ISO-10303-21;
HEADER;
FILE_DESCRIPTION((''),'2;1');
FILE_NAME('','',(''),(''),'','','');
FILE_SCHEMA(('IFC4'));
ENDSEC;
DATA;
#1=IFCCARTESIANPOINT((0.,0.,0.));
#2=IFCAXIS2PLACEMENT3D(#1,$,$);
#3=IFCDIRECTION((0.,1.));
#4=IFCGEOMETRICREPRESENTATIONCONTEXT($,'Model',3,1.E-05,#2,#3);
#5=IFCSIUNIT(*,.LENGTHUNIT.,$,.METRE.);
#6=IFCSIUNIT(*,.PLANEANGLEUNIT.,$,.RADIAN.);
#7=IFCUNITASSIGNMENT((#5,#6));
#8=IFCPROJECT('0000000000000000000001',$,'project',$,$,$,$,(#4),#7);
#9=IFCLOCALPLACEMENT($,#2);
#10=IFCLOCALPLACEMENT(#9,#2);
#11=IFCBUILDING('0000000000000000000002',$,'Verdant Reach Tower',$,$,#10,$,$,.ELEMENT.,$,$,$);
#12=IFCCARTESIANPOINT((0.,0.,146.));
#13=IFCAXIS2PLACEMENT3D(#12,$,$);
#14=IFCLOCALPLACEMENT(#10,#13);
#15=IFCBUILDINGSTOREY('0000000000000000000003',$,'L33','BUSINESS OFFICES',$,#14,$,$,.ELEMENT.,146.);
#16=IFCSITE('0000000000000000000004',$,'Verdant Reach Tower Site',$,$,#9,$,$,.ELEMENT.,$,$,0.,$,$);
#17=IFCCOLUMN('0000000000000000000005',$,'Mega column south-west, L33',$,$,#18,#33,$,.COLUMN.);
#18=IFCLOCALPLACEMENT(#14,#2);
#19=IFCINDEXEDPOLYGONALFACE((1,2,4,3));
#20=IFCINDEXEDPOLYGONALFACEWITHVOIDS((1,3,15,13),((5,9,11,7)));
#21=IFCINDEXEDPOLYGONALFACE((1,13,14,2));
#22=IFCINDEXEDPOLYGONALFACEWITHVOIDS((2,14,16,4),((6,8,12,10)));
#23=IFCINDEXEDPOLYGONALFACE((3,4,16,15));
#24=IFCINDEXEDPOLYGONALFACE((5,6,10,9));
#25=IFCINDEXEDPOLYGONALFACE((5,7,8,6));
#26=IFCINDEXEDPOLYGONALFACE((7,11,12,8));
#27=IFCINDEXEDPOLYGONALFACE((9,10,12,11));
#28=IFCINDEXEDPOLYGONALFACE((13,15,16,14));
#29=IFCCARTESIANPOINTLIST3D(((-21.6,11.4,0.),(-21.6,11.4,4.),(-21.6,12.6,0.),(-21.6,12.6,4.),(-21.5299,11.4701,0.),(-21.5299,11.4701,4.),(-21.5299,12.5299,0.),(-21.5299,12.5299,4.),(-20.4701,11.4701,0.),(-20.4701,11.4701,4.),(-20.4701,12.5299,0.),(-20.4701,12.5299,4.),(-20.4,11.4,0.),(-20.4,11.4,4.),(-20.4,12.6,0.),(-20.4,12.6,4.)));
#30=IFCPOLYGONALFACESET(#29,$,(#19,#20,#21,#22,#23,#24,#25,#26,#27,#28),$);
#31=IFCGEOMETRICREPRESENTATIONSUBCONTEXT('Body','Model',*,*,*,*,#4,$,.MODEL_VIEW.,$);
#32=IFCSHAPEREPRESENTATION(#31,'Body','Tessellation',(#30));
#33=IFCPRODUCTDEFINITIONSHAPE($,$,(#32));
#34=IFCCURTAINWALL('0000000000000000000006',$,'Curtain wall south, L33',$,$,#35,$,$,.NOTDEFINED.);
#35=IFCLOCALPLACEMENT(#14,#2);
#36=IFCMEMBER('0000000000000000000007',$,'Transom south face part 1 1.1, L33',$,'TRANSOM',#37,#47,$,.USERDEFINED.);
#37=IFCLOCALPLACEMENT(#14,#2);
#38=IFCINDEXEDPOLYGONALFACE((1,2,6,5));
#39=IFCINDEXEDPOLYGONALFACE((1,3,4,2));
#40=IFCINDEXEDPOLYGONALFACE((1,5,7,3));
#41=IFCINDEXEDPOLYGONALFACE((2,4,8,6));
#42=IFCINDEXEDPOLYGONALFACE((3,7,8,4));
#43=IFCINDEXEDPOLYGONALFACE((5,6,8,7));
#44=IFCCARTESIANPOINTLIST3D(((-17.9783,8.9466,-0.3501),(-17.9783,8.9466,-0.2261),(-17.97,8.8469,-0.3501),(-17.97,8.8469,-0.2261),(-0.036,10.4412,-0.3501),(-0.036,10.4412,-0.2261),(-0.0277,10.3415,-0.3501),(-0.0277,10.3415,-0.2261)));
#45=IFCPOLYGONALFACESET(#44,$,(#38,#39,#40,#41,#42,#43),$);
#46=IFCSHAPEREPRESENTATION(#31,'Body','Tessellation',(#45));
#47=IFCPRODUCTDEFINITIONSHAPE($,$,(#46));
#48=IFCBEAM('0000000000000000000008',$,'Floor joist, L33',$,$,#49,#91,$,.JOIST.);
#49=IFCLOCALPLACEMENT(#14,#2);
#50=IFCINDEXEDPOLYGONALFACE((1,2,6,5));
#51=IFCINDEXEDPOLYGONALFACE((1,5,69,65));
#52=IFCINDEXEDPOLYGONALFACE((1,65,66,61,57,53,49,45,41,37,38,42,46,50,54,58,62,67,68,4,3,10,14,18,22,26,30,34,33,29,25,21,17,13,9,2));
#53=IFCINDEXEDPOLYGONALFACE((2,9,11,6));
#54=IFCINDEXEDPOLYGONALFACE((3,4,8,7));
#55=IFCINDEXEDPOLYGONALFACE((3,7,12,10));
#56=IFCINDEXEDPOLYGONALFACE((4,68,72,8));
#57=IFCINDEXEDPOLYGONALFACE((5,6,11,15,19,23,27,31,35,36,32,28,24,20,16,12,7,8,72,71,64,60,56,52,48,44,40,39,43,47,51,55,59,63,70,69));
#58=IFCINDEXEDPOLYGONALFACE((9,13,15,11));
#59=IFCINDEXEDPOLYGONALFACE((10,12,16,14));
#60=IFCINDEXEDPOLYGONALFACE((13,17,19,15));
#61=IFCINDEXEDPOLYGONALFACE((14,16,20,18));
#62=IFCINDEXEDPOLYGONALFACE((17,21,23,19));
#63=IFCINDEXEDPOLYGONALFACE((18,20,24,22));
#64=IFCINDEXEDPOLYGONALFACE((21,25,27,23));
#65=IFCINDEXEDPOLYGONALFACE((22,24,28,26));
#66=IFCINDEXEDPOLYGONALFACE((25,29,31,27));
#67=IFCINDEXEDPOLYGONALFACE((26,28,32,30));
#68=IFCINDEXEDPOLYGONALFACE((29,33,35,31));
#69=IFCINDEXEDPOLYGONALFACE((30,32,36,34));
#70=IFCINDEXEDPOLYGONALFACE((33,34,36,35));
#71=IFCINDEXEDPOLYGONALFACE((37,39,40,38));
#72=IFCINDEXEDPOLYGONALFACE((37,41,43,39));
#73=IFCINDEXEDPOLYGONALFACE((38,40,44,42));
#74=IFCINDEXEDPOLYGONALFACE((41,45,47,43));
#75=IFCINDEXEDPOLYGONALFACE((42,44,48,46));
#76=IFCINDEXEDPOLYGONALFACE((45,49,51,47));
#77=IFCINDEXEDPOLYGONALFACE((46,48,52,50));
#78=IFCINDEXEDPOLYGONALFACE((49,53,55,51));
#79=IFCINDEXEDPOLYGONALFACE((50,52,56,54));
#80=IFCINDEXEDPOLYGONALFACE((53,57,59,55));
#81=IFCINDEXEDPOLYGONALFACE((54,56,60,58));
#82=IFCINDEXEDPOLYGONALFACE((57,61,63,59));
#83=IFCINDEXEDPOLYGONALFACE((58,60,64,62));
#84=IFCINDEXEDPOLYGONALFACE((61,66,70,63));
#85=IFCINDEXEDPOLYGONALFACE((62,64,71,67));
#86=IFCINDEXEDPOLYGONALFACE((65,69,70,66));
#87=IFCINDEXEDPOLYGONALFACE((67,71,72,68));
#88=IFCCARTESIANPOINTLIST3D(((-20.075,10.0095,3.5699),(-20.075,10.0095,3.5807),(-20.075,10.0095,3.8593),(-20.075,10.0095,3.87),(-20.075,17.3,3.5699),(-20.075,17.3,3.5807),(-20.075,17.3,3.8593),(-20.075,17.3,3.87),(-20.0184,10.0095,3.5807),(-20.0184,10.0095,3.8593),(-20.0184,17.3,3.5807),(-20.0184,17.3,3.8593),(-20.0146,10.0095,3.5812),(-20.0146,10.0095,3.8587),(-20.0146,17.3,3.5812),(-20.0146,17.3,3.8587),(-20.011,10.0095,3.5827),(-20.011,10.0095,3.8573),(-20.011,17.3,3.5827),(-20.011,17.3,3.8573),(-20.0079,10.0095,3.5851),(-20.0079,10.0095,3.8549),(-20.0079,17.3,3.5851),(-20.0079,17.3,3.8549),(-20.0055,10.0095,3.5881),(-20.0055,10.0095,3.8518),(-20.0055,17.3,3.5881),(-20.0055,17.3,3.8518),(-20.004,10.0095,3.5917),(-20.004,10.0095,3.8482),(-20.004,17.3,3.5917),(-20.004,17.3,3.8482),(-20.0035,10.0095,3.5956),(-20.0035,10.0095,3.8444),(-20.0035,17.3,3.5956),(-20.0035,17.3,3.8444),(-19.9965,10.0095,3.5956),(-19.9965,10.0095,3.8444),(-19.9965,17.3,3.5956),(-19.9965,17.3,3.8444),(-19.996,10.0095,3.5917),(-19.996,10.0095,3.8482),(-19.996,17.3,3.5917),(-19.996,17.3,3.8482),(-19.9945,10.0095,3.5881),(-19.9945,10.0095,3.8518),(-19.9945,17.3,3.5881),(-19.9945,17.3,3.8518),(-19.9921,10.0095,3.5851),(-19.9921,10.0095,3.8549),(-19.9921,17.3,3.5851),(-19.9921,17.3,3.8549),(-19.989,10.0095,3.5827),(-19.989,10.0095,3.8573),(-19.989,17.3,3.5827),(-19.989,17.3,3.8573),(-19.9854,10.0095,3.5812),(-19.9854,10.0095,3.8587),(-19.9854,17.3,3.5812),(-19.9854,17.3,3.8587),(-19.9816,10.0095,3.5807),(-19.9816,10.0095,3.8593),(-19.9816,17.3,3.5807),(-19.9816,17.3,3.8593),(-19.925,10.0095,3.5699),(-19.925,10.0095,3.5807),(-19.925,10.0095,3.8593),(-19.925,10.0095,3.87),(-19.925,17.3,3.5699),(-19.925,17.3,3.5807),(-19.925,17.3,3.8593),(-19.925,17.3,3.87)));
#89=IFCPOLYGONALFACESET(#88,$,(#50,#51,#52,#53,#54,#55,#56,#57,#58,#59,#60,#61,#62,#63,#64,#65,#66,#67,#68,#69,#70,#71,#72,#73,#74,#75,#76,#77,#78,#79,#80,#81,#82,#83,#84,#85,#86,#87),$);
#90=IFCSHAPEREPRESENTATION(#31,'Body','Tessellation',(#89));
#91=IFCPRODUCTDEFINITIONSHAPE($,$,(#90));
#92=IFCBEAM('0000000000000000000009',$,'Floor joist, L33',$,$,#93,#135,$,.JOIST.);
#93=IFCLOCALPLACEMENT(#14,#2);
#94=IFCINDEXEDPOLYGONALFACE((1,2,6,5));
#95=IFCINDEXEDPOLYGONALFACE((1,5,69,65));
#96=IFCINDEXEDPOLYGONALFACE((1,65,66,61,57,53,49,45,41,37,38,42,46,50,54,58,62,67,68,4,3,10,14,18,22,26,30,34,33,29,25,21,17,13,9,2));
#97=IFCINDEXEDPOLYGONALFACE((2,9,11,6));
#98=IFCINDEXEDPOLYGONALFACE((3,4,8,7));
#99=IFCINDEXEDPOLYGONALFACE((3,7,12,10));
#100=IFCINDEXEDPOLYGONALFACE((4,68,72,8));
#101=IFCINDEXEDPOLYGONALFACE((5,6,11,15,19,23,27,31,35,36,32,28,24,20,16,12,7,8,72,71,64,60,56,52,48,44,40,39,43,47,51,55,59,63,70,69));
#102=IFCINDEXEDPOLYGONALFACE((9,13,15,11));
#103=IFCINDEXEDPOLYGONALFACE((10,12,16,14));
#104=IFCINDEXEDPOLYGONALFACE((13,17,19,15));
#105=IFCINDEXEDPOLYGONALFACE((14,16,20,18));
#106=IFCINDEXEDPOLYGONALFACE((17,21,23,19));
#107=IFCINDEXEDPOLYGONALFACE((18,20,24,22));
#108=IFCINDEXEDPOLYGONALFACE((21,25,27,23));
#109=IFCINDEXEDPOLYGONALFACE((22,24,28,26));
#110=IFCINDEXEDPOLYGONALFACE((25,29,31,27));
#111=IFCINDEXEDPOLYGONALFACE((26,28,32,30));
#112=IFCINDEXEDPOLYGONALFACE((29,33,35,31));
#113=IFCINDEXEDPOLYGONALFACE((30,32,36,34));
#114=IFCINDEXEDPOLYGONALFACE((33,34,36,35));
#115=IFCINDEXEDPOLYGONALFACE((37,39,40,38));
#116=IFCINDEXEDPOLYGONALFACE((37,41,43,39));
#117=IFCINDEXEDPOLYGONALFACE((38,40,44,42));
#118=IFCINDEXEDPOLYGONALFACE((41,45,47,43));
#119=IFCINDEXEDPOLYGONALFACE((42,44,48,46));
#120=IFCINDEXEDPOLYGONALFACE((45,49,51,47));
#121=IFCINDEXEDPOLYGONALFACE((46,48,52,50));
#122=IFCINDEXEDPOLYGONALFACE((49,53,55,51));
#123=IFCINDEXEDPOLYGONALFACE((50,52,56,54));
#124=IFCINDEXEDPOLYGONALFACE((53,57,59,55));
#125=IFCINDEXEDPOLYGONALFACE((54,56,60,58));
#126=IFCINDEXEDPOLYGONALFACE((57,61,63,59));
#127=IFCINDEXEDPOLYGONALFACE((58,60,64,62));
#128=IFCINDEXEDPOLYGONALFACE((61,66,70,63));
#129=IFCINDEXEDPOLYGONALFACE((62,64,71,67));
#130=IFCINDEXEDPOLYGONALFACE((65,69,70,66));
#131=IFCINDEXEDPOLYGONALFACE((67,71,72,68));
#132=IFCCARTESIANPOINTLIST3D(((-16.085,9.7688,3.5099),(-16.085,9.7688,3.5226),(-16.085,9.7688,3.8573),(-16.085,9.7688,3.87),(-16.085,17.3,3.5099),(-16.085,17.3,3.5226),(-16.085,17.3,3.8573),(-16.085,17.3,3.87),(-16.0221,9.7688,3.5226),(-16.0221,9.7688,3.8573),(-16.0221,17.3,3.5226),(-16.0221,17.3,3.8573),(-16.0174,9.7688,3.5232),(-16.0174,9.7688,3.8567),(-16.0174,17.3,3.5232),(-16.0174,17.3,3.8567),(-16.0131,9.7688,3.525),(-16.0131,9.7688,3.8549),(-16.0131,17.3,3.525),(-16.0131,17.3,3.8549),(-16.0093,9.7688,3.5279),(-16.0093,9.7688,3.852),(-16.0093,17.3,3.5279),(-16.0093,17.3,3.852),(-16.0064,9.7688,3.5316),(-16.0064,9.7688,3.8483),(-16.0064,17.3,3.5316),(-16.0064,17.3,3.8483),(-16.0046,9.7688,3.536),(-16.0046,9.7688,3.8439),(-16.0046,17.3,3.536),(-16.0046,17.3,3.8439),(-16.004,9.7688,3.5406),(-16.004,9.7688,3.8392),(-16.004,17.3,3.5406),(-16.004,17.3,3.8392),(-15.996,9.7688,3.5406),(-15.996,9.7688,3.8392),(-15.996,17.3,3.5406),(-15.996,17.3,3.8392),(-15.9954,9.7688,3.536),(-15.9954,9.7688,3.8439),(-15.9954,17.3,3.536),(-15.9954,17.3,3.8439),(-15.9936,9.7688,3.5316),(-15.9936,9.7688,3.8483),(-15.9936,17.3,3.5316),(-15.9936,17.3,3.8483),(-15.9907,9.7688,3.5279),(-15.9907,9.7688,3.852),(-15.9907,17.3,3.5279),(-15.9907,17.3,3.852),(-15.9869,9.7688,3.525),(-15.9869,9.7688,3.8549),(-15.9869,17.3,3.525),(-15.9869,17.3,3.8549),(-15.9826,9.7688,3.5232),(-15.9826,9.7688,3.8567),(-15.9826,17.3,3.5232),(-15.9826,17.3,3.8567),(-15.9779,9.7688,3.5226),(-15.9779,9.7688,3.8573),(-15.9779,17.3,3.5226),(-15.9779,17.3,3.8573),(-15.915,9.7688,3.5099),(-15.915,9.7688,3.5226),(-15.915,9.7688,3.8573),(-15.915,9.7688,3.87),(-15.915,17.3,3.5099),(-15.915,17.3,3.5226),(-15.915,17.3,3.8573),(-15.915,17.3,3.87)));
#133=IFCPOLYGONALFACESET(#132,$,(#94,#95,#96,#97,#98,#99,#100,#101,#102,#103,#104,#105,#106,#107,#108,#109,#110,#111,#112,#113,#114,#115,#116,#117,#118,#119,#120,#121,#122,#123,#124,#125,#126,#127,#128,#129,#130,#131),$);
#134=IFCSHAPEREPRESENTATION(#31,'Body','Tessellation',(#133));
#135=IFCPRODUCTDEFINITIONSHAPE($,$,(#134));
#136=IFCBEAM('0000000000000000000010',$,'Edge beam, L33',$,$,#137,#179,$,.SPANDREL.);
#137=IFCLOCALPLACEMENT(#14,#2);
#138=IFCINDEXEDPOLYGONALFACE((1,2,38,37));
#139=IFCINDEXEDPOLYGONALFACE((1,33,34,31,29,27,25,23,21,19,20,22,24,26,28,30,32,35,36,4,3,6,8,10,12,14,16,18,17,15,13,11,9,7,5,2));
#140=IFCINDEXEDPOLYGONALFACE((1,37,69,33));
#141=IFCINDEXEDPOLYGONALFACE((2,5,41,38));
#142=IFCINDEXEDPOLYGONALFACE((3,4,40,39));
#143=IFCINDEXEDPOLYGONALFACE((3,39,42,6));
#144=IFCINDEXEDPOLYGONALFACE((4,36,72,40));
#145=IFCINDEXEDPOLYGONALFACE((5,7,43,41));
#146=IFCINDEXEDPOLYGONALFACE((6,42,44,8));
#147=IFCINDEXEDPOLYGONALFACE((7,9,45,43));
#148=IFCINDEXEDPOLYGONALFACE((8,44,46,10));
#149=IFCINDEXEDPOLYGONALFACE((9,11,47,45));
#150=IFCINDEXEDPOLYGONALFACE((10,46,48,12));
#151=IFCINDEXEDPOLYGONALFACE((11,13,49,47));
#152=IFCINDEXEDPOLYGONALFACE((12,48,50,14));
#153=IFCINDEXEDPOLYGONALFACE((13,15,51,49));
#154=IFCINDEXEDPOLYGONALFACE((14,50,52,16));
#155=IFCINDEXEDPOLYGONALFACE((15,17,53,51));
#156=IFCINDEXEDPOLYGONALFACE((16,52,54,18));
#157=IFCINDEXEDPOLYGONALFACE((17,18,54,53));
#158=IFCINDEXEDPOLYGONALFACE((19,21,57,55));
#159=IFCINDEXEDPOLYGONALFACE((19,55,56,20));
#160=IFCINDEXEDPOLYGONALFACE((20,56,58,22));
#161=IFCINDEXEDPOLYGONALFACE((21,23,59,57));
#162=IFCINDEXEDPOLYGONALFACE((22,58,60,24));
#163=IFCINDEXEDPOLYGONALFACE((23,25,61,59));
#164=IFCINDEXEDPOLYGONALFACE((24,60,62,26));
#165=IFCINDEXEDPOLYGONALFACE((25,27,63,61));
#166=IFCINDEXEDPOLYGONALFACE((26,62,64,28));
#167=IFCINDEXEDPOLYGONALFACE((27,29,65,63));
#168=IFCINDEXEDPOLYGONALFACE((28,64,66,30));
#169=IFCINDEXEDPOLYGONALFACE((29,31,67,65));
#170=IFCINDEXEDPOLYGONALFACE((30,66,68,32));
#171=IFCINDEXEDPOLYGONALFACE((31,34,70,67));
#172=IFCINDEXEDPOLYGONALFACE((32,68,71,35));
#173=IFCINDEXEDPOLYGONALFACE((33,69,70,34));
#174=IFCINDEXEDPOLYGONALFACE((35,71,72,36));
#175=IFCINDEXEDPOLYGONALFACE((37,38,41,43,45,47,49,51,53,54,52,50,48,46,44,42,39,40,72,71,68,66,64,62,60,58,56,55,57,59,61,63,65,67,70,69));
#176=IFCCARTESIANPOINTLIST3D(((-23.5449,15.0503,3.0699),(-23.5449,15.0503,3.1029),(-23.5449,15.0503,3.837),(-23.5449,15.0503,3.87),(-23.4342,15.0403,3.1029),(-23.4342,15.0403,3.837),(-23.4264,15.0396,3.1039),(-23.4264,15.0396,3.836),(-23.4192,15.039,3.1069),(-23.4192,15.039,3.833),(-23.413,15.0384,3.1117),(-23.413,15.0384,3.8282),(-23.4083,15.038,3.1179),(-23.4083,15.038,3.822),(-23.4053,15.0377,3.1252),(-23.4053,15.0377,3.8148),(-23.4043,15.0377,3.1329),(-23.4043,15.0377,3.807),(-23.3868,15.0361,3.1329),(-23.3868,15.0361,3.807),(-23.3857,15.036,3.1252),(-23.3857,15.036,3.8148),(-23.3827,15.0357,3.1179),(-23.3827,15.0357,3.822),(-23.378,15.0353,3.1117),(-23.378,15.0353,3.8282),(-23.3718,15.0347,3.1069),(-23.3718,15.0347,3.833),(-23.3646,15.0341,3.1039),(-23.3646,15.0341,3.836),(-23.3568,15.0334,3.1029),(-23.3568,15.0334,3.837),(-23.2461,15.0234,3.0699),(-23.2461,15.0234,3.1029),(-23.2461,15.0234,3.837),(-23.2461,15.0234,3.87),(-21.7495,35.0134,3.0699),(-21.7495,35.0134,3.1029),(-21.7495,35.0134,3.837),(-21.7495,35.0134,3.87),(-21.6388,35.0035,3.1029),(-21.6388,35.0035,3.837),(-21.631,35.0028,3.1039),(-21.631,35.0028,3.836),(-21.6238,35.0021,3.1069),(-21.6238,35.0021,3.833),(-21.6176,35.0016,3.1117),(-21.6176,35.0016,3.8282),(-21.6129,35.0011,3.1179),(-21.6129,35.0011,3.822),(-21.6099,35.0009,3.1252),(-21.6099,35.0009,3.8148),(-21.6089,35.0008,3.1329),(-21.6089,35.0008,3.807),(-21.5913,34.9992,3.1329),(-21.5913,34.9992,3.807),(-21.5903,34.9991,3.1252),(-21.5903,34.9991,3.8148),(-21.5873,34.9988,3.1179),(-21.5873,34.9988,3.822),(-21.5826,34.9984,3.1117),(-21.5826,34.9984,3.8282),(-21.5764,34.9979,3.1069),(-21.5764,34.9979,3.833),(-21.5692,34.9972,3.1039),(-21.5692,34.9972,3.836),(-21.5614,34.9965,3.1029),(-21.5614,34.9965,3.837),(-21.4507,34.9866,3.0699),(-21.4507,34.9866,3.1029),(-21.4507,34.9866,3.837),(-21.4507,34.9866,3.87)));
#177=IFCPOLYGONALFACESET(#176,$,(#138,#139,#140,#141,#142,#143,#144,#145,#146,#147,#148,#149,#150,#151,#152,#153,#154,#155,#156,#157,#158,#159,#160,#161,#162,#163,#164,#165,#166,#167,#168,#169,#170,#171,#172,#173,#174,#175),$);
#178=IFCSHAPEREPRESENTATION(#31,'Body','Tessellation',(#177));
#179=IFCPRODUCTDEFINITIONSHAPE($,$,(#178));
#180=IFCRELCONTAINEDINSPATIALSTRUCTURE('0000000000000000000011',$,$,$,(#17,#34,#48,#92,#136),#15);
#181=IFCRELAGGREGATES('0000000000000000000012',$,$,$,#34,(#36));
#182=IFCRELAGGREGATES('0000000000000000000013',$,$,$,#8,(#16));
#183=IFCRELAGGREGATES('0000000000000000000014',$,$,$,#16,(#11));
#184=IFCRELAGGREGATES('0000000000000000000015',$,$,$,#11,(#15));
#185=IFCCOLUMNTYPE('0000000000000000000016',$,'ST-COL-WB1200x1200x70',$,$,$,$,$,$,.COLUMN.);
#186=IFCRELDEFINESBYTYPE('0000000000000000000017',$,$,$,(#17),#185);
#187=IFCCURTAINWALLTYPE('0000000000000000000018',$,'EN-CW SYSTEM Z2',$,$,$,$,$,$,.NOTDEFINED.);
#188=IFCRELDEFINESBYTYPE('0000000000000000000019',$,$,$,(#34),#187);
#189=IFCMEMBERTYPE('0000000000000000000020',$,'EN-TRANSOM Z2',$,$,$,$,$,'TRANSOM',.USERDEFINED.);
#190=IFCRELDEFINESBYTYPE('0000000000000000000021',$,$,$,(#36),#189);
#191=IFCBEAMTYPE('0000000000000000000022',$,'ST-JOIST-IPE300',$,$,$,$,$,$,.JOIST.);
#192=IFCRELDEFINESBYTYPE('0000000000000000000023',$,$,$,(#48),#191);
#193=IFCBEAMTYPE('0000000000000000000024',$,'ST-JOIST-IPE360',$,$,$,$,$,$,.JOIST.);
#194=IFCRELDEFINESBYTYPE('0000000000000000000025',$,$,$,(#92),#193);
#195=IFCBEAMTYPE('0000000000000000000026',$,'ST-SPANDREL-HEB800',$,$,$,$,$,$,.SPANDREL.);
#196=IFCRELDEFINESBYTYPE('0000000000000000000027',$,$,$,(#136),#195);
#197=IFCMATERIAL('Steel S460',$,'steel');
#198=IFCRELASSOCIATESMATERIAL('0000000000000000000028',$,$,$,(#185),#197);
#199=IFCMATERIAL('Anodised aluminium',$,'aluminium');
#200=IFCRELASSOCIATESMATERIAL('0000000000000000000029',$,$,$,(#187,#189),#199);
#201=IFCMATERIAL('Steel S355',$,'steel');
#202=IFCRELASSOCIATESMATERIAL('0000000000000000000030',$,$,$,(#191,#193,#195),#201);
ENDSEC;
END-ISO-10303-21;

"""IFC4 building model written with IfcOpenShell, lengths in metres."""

from ifc_helpers import new_model, si_unit, direction, frame, origin, origin_2d, place, context, subcontext, project, spatial, rectangle, hollow_rectangle, i_section, extrude, material, material_profile, profile_set, type_object, element, aggregate, save


model = new_model("IFC4")

# Units and contexts
model_context = context("Model", 3, precision=1e-05, world=origin(), true_north=direction((0.0, 1.0)))
body_context = subcontext(model_context, "Body", "Model", "MODEL_VIEW")
ifc_project = project(units=[si_unit("LENGTHUNIT", "METRE"), si_unit("PLANEANGLEUNIT", "RADIAN")], contexts=[model_context])

# Site, building, storey
site_placement = place(None, origin())
site = spatial("IfcSite", under=ifc_project, at=site_placement, Name="Verdant Reach Tower Site", CompositionType="ELEMENT", RefElevation=0.0)
building_placement = place(site_placement, origin())
building = spatial("IfcBuilding", under=site, at=building_placement, Name="Verdant Reach Tower", CompositionType="ELEMENT")
storey_placement = place(building_placement, frame((0.0, 0.0, 146.0)))
storey = spatial("IfcBuildingStorey", under=building, at=storey_placement, Name="L33", Description="BUSINESS OFFICES", CompositionType="ELEMENT", Elevation=146.0)

# Column
ifc_material_1 = material(Name="Steel S460", Category="steel")
ifc_material_profile_1 = material_profile(ifc_material_1, hollow_rectangle(XDim=1.2, YDim=1.2, WallThickness=0.0701, at=origin_2d()), Name="WB 1200x1200x70")
ifc_profile_set_1 = profile_set([ifc_material_profile_1], Name="Steel S460")
column_type = type_object("IfcColumnType", Name="ST-COL-WB1200x1200x70", PredefinedType="COLUMN", material=ifc_profile_set_1)
column_placement = place(storey_placement, frame((-21.0, 12.0, 0.0), z_axis=(0.0, 0.0, 1.0), x_axis=(1.0, 0.0, 0.0)))
element("IfcColumn", 1, at=column_placement, inside=storey, type_object=column_type, Name="Mega column south-west, L33", PredefinedType="COLUMN", context=body_context, shape_type="SweptSolid", body=[
    extrude(hollow_rectangle(XDim=1.2, YDim=1.2, WallThickness=0.0701, at=origin_2d()), origin(), (0.0, 0.0, 1.0), 4.0),
])

# Curtain wall, member
ifc_material_2 = material(Name="Anodised aluminium", Category="aluminium")
curtain_wall_type = type_object("IfcCurtainWallType", Name="EN-CW SYSTEM Z2", PredefinedType="NOTDEFINED", material=ifc_material_2)
curtain_wall_1_placement = place(storey_placement, origin())
curtain_wall_1 = element("IfcCurtainWall", 2, at=curtain_wall_1_placement, inside=storey, type_object=curtain_wall_type, Name="Curtain wall south, L33", PredefinedType="NOTDEFINED")
ifc_material_profile_2 = material_profile(ifc_material_2, rectangle(XDim=0.1001, YDim=0.124, at=origin_2d()), Name="Transom 124x100")
ifc_profile_set_2 = profile_set([ifc_material_profile_2], Name="Anodised aluminium")
member_type = type_object("IfcMemberType", Name="EN-TRANSOM Z2", ElementType="TRANSOM", PredefinedType="USERDEFINED", material=ifc_profile_set_2)
member_placement = place(storey_placement, frame((-17.9741, 8.8967, -0.2881), z_axis=(0.996548, 0.083015, 0.0), x_axis=(-0.083015, 0.996548, 0.0)))
member = element("IfcMember", 3, at=member_placement, type_object=member_type, Name="Transom south face part 1 1.1, L33", ObjectType="TRANSOM", PredefinedType="USERDEFINED", context=body_context, shape_type="SweptSolid", body=[
    extrude(rectangle(XDim=0.1001, YDim=0.124, at=origin_2d()), origin(), (0.0, 0.0, 1.0), 18.0044),
])

# Beams
ifc_material_3 = material(Name="Steel S355", Category="steel")
ifc_material_profile_3 = material_profile(ifc_material_3, i_section(OverallWidth=0.1499, OverallDepth=0.3, WebThickness=0.0071, FlangeThickness=0.0107, FilletRadius=0.0149, at=origin_2d()), Name="IPE 300")
ifc_profile_set_3 = profile_set([ifc_material_profile_3], Name="Steel S355")
beam_type_1 = type_object("IfcBeamType", Name="ST-JOIST-IPE300", PredefinedType="JOIST", material=ifc_profile_set_3)
beam_1_placement = place(storey_placement, frame((-20.0, 17.3, 3.72), z_axis=(0.0, -1.0, 0.0), x_axis=(1.0, 0.0, 0.0)))
element("IfcBeam", 4, at=beam_1_placement, inside=storey, type_object=beam_type_1, Name="Floor joist, L33", PredefinedType="JOIST", context=body_context, shape_type="SweptSolid", body=[
    extrude(i_section(OverallWidth=0.1499, OverallDepth=0.3, WebThickness=0.0071, FlangeThickness=0.0107, FilletRadius=0.0149, at=origin_2d()), origin(), (0.0, 0.0, 1.0), 7.2905),
])
ifc_material_profile_4 = material_profile(ifc_material_3, i_section(OverallWidth=0.1699, OverallDepth=0.3601, WebThickness=0.0081, FlangeThickness=0.0127, FilletRadius=0.0181, at=origin_2d()), Name="IPE 360")
ifc_profile_set_4 = profile_set([ifc_material_profile_4], Name="Steel S355")
beam_type_2 = type_object("IfcBeamType", Name="ST-JOIST-IPE360", PredefinedType="JOIST", material=ifc_profile_set_4)
beam_2_placement = place(storey_placement, frame((-16.0, 17.3, 3.6899), z_axis=(0.0, -1.0, 0.0), x_axis=(1.0, 0.0, 0.0)))
element("IfcBeam", 5, at=beam_2_placement, inside=storey, type_object=beam_type_2, Name="Floor joist, L33", PredefinedType="JOIST", context=body_context, shape_type="SweptSolid", body=[
    extrude(i_section(OverallWidth=0.1699, OverallDepth=0.3601, WebThickness=0.0081, FlangeThickness=0.0127, FilletRadius=0.0181, at=origin_2d()), origin(), (0.0, 0.0, 1.0), 7.5312),
])
ifc_material_profile_5 = material_profile(ifc_material_3, i_section(OverallWidth=0.3, OverallDepth=0.8, WebThickness=0.0176, FlangeThickness=0.033, FilletRadius=0.03, at=origin_2d()), Name="HEB 800")
ifc_profile_set_5 = profile_set([ifc_material_profile_5], Name="Steel S355")
beam_type_3 = type_object("IfcBeamType", Name="ST-SPANDREL-HEB800", PredefinedType="SPANDREL", material=ifc_profile_set_5)
beam_3_placement = place(storey_placement, frame((-23.3955, 15.0369, 3.47), z_axis=(0.089575, 0.99598, 0.0), x_axis=(-0.99598, 0.089575, 0.0)))
element("IfcBeam", 6, at=beam_3_placement, inside=storey, type_object=beam_type_3, Name="Edge beam, L33", PredefinedType="SPANDREL", context=body_context, shape_type="SweptSolid", body=[
    extrude(i_section(OverallWidth=0.3, OverallDepth=0.8, WebThickness=0.0176, FlangeThickness=0.033, FilletRadius=0.03, at=origin_2d()), origin(), (0.0, 0.0, 1.0), 20.0437),
])

aggregate(curtain_wall_1, [member])

save(model, "model.ifc")
